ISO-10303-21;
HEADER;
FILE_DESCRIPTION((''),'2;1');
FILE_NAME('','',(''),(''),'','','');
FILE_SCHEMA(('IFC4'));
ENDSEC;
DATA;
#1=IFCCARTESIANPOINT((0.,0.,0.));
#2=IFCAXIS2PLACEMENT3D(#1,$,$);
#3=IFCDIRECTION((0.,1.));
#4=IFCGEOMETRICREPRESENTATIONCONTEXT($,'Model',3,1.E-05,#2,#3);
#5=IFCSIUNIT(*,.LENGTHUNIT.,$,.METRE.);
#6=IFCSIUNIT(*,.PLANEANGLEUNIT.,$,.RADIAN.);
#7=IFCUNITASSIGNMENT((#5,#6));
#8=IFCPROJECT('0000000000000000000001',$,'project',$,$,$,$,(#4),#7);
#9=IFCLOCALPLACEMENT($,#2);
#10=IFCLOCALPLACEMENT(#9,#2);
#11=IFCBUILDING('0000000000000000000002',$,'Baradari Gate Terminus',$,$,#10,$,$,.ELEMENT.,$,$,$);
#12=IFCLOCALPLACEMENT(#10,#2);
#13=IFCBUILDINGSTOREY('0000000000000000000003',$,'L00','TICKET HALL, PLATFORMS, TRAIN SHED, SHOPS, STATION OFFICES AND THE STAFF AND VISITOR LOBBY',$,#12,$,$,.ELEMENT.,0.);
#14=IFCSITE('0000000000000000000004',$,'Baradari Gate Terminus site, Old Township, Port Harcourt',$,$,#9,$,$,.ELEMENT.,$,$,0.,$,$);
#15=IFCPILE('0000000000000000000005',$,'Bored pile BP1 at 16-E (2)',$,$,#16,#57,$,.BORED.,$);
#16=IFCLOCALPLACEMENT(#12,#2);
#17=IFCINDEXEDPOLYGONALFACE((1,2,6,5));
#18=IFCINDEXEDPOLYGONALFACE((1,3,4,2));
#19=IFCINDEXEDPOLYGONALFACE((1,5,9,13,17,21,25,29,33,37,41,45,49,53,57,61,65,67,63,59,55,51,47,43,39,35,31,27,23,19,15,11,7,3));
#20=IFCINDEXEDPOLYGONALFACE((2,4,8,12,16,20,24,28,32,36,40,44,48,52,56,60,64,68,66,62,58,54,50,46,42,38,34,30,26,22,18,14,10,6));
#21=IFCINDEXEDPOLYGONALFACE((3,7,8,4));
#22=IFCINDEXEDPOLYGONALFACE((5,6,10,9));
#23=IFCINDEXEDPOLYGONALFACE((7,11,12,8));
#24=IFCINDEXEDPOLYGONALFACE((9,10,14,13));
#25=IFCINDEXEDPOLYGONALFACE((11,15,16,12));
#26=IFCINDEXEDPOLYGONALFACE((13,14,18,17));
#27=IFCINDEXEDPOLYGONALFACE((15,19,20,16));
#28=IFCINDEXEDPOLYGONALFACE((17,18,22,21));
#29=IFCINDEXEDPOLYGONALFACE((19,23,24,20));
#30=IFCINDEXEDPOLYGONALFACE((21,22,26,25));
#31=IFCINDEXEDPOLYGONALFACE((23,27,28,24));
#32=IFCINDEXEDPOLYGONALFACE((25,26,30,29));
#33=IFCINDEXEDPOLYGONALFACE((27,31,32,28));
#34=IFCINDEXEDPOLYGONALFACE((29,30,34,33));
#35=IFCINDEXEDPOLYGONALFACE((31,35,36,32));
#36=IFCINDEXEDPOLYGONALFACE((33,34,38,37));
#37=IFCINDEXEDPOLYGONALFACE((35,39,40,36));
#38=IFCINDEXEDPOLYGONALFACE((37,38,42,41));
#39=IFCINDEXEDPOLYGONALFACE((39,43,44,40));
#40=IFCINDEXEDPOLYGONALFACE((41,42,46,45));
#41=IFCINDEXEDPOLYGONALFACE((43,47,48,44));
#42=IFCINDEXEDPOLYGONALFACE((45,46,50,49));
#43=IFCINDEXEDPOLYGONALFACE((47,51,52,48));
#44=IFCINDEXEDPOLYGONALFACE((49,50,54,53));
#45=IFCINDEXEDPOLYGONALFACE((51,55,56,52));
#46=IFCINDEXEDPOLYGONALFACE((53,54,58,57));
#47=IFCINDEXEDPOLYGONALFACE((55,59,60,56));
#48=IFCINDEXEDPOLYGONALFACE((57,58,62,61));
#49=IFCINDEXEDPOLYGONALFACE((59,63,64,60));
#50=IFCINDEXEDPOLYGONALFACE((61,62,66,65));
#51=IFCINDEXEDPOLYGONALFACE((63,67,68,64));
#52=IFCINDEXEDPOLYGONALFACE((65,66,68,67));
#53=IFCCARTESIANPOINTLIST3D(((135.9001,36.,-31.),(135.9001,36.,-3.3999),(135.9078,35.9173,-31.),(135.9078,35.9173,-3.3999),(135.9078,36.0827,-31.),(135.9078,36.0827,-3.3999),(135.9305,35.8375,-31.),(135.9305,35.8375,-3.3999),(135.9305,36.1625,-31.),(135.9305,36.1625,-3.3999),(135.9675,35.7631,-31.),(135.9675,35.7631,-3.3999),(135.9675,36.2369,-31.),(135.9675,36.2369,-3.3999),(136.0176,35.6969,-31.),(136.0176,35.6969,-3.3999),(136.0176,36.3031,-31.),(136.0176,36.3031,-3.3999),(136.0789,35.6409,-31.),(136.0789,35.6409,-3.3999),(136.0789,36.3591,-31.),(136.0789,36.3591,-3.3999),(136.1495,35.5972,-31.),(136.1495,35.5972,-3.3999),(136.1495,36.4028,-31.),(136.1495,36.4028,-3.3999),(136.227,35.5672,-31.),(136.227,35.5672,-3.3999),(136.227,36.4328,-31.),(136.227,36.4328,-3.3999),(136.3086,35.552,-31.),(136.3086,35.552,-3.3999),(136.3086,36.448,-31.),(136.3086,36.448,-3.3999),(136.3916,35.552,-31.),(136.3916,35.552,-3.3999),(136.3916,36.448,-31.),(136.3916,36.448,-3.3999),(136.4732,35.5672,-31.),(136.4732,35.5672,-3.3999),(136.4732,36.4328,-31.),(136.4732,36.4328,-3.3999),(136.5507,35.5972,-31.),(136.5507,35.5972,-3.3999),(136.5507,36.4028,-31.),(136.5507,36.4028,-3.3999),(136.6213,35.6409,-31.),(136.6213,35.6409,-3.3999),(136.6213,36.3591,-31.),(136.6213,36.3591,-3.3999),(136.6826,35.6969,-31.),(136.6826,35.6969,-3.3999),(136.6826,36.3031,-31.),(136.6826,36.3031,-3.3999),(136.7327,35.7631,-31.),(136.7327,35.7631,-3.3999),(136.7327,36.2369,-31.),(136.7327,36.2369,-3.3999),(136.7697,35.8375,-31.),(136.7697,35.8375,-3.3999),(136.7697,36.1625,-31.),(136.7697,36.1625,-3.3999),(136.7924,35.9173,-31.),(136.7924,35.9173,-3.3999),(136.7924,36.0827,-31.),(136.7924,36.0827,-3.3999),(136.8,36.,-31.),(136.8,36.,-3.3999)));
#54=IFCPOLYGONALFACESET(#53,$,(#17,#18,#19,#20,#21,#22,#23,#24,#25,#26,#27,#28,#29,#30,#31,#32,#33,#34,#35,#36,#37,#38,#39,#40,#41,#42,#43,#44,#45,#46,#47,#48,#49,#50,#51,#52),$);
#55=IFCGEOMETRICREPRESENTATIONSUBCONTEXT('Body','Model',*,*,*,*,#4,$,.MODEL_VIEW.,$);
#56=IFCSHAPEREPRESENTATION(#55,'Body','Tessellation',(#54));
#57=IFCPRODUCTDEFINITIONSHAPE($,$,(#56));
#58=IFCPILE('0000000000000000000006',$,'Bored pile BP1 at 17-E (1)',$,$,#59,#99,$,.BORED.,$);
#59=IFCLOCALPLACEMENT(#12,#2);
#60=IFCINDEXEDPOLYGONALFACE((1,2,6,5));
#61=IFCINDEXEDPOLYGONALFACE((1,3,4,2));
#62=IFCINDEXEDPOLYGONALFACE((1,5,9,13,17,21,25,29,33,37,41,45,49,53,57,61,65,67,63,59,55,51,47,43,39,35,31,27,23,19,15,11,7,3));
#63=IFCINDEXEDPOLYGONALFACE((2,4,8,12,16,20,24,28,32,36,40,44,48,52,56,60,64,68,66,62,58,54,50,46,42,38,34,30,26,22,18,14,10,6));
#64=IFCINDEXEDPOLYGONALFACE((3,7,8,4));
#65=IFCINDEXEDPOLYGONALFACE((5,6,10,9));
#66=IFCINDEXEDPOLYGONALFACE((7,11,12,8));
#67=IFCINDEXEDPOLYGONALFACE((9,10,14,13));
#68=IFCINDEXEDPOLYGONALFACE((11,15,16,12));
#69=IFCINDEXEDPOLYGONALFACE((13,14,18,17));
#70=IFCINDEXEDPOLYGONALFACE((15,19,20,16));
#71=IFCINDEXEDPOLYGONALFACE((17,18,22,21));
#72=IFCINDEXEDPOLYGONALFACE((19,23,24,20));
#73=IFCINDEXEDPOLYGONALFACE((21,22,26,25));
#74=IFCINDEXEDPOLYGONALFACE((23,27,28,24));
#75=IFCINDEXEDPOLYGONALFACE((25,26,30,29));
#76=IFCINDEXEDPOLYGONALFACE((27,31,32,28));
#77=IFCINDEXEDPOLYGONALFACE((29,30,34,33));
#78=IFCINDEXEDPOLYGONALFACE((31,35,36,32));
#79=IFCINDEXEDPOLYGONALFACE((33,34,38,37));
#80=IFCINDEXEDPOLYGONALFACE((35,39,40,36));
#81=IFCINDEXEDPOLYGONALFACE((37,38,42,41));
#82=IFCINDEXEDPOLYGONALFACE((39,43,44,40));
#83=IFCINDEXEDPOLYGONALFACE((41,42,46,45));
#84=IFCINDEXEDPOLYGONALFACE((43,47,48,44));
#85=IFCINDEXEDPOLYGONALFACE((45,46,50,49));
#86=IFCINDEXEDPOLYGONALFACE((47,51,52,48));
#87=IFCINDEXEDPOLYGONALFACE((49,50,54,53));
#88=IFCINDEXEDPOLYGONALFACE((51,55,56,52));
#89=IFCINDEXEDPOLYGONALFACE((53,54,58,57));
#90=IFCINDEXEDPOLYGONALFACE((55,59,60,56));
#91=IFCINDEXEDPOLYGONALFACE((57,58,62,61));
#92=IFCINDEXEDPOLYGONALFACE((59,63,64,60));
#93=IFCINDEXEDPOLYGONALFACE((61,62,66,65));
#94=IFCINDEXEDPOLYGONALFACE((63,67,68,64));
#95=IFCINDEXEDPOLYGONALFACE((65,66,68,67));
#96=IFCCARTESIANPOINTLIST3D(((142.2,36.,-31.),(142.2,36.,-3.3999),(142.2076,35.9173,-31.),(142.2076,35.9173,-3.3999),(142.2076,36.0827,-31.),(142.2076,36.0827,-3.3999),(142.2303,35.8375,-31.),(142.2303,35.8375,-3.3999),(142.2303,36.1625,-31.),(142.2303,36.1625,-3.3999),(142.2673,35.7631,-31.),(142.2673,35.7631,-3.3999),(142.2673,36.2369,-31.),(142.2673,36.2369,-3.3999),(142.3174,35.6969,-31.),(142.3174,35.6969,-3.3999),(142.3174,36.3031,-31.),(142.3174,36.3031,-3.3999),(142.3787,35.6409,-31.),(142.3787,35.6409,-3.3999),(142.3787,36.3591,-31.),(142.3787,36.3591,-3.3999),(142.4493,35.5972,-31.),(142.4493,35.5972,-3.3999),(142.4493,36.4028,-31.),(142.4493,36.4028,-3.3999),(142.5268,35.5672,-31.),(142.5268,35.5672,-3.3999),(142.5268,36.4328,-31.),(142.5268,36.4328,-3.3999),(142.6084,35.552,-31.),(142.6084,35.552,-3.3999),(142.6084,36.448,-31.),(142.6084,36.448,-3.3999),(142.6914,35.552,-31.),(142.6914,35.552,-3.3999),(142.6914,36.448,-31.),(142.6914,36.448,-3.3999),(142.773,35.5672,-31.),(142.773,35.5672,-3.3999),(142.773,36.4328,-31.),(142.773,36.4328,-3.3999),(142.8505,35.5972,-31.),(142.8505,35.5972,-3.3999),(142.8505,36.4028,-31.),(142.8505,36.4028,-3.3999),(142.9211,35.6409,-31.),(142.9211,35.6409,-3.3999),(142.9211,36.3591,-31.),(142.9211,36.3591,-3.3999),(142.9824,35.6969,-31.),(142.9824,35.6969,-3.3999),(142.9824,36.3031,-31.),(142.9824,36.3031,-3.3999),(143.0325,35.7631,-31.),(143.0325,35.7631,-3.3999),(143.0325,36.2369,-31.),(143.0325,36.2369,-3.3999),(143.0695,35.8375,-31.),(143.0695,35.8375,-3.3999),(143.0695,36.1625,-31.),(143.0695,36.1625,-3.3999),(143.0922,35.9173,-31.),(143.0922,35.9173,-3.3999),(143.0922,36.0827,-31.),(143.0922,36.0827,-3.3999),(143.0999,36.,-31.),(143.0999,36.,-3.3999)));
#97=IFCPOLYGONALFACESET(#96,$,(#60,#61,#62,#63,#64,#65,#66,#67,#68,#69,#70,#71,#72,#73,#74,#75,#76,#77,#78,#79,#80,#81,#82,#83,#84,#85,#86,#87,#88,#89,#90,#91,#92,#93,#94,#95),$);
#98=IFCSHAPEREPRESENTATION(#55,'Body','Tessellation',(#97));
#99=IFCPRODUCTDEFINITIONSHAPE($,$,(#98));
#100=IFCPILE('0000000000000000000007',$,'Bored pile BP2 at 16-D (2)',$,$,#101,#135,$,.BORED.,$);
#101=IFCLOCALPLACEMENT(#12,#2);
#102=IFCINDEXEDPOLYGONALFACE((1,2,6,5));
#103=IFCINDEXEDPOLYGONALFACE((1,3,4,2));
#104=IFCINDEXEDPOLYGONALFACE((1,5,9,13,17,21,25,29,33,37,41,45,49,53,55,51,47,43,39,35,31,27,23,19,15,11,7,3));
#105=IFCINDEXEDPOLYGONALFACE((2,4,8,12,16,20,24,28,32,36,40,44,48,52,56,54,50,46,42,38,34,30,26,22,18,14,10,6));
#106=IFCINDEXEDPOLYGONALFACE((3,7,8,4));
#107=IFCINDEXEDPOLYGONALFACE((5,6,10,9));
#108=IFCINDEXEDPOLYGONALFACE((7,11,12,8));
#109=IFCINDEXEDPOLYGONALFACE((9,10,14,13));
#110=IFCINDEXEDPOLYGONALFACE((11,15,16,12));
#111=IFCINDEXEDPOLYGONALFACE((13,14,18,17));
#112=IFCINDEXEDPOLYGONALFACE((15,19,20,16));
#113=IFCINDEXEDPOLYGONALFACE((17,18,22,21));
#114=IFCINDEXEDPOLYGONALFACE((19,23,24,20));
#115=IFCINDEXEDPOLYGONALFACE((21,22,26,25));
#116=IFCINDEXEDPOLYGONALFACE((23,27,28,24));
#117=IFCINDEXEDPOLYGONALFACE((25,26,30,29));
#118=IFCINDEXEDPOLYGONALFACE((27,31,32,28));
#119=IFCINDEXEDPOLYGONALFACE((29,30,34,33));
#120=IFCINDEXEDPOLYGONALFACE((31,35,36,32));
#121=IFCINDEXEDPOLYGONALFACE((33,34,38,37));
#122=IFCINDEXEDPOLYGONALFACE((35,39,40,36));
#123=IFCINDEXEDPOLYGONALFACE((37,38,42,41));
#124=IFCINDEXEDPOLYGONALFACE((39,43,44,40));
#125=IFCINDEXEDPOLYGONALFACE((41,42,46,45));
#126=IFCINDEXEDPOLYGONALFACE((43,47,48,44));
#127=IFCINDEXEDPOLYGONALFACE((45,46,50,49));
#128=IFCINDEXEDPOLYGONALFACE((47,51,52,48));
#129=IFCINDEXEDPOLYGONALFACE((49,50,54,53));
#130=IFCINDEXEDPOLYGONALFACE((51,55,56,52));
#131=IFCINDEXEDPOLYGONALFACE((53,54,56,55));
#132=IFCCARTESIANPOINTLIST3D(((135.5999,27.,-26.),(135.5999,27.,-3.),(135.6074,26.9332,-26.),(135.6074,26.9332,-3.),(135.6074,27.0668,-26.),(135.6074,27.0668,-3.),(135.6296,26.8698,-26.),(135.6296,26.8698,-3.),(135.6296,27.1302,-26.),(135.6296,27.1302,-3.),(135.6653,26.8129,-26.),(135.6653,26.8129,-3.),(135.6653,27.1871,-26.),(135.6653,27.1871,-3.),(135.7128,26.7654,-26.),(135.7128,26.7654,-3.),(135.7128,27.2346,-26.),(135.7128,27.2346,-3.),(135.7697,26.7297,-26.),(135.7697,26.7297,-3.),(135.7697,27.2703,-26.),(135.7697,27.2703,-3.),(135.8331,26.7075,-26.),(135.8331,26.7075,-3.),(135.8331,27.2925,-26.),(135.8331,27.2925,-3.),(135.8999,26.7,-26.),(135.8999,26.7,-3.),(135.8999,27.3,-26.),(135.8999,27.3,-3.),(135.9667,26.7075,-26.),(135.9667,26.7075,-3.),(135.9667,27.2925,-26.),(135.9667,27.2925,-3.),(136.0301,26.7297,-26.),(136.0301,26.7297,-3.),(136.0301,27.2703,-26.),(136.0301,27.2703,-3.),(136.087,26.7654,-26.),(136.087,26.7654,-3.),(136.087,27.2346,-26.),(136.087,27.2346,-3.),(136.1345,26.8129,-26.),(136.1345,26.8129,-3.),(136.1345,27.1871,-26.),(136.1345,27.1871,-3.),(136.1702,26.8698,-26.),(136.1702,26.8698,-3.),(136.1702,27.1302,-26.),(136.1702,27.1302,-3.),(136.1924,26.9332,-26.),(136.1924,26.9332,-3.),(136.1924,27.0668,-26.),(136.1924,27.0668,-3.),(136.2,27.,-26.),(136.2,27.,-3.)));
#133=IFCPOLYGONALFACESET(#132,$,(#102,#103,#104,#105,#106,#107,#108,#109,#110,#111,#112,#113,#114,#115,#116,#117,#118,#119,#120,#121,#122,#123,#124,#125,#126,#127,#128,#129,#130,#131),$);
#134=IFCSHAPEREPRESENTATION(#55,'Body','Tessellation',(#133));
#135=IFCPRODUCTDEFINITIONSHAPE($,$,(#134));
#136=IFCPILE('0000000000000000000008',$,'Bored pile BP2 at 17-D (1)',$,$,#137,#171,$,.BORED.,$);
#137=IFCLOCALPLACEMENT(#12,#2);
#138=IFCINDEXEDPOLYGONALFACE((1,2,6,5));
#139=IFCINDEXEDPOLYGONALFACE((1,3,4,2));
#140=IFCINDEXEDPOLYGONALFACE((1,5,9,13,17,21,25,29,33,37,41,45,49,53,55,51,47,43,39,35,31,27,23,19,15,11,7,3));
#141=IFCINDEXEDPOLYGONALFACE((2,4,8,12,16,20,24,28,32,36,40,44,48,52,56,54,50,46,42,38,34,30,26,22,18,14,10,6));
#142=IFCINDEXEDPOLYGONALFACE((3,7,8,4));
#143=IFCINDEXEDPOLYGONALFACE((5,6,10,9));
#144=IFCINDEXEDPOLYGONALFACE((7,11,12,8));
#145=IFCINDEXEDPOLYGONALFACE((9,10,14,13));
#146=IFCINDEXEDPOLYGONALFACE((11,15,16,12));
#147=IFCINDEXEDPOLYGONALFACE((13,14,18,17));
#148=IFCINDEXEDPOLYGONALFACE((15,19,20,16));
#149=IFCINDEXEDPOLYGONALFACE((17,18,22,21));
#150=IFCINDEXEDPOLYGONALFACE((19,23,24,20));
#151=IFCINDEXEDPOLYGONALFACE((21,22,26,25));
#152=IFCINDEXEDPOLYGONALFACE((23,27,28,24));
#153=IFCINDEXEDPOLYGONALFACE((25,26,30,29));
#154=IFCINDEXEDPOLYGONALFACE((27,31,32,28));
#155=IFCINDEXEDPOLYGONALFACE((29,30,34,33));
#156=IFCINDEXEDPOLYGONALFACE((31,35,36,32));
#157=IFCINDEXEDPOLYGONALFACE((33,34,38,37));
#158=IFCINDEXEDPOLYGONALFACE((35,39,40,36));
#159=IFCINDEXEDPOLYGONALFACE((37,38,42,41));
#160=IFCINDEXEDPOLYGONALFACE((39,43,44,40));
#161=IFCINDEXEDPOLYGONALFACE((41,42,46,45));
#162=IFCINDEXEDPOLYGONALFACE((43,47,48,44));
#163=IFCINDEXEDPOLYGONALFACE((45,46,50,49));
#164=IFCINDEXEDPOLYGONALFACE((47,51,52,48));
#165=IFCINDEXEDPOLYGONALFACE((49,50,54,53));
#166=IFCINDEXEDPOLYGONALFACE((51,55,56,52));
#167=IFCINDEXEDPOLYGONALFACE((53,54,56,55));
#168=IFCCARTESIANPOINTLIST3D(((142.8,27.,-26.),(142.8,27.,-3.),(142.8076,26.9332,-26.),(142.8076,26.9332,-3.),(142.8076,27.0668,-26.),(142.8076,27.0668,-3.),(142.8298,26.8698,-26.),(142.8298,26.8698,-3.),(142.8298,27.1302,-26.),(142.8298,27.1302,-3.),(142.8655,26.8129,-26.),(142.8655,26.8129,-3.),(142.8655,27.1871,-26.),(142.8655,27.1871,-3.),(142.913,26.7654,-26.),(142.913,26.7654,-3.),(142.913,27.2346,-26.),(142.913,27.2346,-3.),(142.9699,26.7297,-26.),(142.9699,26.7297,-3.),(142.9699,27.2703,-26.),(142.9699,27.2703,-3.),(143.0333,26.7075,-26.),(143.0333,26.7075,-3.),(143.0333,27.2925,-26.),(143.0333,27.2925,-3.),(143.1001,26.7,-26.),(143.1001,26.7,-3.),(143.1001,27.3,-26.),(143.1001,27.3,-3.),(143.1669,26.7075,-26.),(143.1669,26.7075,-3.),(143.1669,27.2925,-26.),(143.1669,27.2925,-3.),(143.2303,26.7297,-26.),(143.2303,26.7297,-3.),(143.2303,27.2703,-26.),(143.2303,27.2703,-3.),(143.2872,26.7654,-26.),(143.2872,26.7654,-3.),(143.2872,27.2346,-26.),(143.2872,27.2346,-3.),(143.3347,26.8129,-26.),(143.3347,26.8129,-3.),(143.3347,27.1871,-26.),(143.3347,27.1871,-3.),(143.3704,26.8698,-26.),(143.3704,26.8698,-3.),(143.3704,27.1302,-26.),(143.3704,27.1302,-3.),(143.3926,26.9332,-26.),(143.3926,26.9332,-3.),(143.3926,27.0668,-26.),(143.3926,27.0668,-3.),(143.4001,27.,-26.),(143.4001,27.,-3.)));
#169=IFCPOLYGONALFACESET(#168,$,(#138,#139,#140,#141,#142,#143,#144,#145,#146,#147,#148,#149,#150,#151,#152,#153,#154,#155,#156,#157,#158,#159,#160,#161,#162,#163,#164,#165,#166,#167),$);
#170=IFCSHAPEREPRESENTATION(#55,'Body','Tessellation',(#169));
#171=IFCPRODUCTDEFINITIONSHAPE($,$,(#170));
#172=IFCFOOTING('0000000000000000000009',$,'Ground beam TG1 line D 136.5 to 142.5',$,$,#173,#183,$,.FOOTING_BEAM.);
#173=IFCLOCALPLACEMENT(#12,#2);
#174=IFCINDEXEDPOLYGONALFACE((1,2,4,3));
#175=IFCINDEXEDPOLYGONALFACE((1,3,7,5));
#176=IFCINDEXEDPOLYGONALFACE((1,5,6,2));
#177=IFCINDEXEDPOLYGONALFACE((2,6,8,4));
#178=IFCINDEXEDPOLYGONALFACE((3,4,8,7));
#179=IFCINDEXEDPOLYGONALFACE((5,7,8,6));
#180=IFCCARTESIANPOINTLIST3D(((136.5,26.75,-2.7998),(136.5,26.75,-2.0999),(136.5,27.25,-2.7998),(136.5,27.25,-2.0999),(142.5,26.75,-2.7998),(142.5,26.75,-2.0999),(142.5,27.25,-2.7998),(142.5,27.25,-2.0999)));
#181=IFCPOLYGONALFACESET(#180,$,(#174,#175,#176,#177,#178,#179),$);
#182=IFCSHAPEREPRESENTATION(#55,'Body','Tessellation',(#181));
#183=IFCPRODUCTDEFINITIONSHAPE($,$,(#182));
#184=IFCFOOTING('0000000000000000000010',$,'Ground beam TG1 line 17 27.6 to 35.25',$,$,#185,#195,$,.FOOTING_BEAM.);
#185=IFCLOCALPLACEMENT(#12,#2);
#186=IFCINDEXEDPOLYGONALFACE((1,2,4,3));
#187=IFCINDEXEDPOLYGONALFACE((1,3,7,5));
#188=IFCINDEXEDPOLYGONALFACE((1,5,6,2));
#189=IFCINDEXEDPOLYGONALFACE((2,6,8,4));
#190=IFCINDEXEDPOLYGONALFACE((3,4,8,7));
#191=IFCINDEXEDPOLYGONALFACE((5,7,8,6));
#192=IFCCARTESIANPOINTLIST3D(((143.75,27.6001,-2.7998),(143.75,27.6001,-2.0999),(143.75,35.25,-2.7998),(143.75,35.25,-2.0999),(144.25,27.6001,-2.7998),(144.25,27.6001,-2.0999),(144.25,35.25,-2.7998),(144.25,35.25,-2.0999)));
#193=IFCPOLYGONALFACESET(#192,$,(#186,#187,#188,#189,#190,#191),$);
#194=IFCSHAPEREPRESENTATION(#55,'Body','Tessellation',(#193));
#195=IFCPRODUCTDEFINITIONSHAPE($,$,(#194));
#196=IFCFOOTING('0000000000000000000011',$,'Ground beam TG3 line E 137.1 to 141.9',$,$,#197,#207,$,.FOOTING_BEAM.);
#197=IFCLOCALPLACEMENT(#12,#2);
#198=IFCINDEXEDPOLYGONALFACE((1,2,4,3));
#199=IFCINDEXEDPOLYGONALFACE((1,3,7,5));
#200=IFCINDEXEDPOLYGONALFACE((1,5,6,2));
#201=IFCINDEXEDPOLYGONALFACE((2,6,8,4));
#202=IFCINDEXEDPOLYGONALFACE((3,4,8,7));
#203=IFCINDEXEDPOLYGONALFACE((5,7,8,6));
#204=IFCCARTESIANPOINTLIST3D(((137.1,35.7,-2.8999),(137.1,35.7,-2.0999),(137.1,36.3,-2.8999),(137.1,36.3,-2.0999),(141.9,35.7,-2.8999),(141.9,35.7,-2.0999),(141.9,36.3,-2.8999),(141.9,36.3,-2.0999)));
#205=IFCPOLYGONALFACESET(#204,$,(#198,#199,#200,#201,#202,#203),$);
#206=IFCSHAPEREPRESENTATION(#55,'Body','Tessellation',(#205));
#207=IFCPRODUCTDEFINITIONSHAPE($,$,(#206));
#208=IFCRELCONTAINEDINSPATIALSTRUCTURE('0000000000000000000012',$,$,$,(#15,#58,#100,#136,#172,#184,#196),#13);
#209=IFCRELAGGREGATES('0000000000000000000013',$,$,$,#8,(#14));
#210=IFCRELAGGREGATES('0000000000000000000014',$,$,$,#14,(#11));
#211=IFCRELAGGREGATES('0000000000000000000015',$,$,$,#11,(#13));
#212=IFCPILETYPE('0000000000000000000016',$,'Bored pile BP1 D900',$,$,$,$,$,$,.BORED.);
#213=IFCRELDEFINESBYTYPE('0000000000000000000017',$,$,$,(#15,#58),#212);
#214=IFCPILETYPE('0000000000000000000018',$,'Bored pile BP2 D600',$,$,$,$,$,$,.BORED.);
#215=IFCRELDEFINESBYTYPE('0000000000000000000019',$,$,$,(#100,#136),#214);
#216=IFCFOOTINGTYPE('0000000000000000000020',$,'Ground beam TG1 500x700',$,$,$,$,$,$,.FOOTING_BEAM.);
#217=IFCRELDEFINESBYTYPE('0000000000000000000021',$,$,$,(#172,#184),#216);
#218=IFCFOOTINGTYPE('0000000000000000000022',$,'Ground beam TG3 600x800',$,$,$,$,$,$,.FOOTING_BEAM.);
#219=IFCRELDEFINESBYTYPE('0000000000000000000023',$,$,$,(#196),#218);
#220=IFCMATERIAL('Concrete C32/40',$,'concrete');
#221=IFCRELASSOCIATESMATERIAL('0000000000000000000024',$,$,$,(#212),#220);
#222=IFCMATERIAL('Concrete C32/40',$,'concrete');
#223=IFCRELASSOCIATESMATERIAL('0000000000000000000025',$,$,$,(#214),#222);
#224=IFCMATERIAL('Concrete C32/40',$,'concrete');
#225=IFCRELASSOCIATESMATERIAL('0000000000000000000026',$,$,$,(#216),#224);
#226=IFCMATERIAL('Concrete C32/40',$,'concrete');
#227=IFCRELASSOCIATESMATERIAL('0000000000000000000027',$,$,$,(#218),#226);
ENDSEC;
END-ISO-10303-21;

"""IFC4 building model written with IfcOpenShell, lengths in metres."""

from ifc_helpers import new_model, si_unit, direction, frame, origin, origin_2d, place, context, subcontext, project, spatial, rectangle, circle, extrude, material, type_object, element, save


model = new_model("IFC4")

# Units and contexts
model_context = context("Model", 3, precision=1e-05, world=origin(), true_north=direction((0.0, 1.0)))
body_context = subcontext(model_context, "Body", "Model", "MODEL_VIEW")
ifc_project = project(units=[si_unit("LENGTHUNIT", "METRE"), si_unit("PLANEANGLEUNIT", "RADIAN")], contexts=[model_context])

# Site, building, storey
site_placement = place(None, origin())
site = spatial("IfcSite", under=ifc_project, at=site_placement, Name="Baradari Gate Terminus site, Old Township, Port Harcourt", CompositionType="ELEMENT", RefElevation=0.0)
building_placement = place(site_placement, origin())
building = spatial("IfcBuilding", under=site, at=building_placement, Name="Baradari Gate Terminus", CompositionType="ELEMENT")
storey_placement = place(building_placement, origin())
storey = spatial("IfcBuildingStorey", under=building, at=storey_placement, Name="L00", Description="TICKET HALL, PLATFORMS, TRAIN SHED, SHOPS, STATION OFFICES AND THE STAFF AND VISITOR LOBBY", CompositionType="ELEMENT", Elevation=0.0)

# Piles
ifc_material_1 = material(Name="Concrete C32/40", Category="concrete")
pile_type_1 = type_object("IfcPileType", Name="Bored pile BP1 D900", PredefinedType="BORED", material=ifc_material_1)
for number, where, z_axis, x_axis, name in (
    (1, (136.3501, 36.0, -3.3999), (0.0, 0.0, -1.0), (1.0, 0.0, 0.0), "Bored pile BP1 at 16-E (2)"),
    (2, (142.6499, 36.0, -3.3999), (0.0, 0.0, -1.0), (1.0, 0.0, 0.0), "Bored pile BP1 at 17-E (1)"),
):
    element("IfcPile", number, at=place(storey_placement, frame(where, z_axis=z_axis, x_axis=x_axis)), inside=storey, type_object=pile_type_1, Name=name, PredefinedType="BORED", context=body_context, shape_type="SweptSolid", body=[
        extrude(circle(Radius=0.45, at=origin_2d()), origin(), (0.0, 0.0, 1.0), 27.6001),
    ])
ifc_material_2 = material(Name="Concrete C32/40", Category="concrete")
pile_type_2 = type_object("IfcPileType", Name="Bored pile BP2 D600", PredefinedType="BORED", material=ifc_material_2)
for number, where, z_axis, x_axis, name in (
    (3, (135.8999, 27.0, -3.0), (0.0, 0.0, -1.0), (1.0, 0.0, 0.0), "Bored pile BP2 at 16-D (2)"),
    (4, (143.1001, 27.0, -3.0), (0.0, 0.0, -1.0), (1.0, 0.0, 0.0), "Bored pile BP2 at 17-D (1)"),
):
    element("IfcPile", number, at=place(storey_placement, frame(where, z_axis=z_axis, x_axis=x_axis)), inside=storey, type_object=pile_type_2, Name=name, PredefinedType="BORED", context=body_context, shape_type="SweptSolid", body=[
        extrude(circle(Radius=0.3, at=origin_2d()), origin(), (0.0, 0.0, 1.0), 23.0),
    ])

# Footings
ifc_material_3 = material(Name="Concrete C32/40", Category="concrete")
footing_type_1 = type_object("IfcFootingType", Name="Ground beam TG1 500x700", PredefinedType="FOOTING_BEAM", material=ifc_material_3)
footing_1_placement = place(storey_placement, frame((139.5, 27.0, -2.7998), z_axis=(0.0, 0.0, 1.0), x_axis=(1.0, 0.0, 0.0)))
element("IfcFooting", 5, at=footing_1_placement, inside=storey, type_object=footing_type_1, Name="Ground beam TG1 line D 136.5 to 142.5", PredefinedType="FOOTING_BEAM", context=body_context, shape_type="SweptSolid", body=[
    extrude(rectangle(XDim=6.0, YDim=0.5, at=origin_2d()), origin(), (0.0, 0.0, 1.0), 0.7),
])
footing_2_placement = place(storey_placement, frame((144.0, 31.425, -2.7998), z_axis=(0.0, 0.0, 1.0), x_axis=(1.0, 0.0, 0.0)))
element("IfcFooting", 6, at=footing_2_placement, inside=storey, type_object=footing_type_1, Name="Ground beam TG1 line 17 27.6 to 35.25", PredefinedType="FOOTING_BEAM", context=body_context, shape_type="SweptSolid", body=[
    extrude(rectangle(XDim=0.5, YDim=7.6499, at=origin_2d()), origin(), (0.0, 0.0, 1.0), 0.7),
])
ifc_material_4 = material(Name="Concrete C32/40", Category="concrete")
footing_type_2 = type_object("IfcFootingType", Name="Ground beam TG3 600x800", PredefinedType="FOOTING_BEAM", material=ifc_material_4)
footing_3_placement = place(storey_placement, frame((139.5, 36.0, -2.8999), z_axis=(0.0, 0.0, 1.0), x_axis=(1.0, 0.0, 0.0)))
element("IfcFooting", 7, at=footing_3_placement, inside=storey, type_object=footing_type_2, Name="Ground beam TG3 line E 137.1 to 141.9", PredefinedType="FOOTING_BEAM", context=body_context, shape_type="SweptSolid", body=[
    extrude(rectangle(XDim=4.8, YDim=0.6001, at=origin_2d()), origin(), (0.0, 0.0, 1.0), 0.8),
])

save(model, "model.ifc")
